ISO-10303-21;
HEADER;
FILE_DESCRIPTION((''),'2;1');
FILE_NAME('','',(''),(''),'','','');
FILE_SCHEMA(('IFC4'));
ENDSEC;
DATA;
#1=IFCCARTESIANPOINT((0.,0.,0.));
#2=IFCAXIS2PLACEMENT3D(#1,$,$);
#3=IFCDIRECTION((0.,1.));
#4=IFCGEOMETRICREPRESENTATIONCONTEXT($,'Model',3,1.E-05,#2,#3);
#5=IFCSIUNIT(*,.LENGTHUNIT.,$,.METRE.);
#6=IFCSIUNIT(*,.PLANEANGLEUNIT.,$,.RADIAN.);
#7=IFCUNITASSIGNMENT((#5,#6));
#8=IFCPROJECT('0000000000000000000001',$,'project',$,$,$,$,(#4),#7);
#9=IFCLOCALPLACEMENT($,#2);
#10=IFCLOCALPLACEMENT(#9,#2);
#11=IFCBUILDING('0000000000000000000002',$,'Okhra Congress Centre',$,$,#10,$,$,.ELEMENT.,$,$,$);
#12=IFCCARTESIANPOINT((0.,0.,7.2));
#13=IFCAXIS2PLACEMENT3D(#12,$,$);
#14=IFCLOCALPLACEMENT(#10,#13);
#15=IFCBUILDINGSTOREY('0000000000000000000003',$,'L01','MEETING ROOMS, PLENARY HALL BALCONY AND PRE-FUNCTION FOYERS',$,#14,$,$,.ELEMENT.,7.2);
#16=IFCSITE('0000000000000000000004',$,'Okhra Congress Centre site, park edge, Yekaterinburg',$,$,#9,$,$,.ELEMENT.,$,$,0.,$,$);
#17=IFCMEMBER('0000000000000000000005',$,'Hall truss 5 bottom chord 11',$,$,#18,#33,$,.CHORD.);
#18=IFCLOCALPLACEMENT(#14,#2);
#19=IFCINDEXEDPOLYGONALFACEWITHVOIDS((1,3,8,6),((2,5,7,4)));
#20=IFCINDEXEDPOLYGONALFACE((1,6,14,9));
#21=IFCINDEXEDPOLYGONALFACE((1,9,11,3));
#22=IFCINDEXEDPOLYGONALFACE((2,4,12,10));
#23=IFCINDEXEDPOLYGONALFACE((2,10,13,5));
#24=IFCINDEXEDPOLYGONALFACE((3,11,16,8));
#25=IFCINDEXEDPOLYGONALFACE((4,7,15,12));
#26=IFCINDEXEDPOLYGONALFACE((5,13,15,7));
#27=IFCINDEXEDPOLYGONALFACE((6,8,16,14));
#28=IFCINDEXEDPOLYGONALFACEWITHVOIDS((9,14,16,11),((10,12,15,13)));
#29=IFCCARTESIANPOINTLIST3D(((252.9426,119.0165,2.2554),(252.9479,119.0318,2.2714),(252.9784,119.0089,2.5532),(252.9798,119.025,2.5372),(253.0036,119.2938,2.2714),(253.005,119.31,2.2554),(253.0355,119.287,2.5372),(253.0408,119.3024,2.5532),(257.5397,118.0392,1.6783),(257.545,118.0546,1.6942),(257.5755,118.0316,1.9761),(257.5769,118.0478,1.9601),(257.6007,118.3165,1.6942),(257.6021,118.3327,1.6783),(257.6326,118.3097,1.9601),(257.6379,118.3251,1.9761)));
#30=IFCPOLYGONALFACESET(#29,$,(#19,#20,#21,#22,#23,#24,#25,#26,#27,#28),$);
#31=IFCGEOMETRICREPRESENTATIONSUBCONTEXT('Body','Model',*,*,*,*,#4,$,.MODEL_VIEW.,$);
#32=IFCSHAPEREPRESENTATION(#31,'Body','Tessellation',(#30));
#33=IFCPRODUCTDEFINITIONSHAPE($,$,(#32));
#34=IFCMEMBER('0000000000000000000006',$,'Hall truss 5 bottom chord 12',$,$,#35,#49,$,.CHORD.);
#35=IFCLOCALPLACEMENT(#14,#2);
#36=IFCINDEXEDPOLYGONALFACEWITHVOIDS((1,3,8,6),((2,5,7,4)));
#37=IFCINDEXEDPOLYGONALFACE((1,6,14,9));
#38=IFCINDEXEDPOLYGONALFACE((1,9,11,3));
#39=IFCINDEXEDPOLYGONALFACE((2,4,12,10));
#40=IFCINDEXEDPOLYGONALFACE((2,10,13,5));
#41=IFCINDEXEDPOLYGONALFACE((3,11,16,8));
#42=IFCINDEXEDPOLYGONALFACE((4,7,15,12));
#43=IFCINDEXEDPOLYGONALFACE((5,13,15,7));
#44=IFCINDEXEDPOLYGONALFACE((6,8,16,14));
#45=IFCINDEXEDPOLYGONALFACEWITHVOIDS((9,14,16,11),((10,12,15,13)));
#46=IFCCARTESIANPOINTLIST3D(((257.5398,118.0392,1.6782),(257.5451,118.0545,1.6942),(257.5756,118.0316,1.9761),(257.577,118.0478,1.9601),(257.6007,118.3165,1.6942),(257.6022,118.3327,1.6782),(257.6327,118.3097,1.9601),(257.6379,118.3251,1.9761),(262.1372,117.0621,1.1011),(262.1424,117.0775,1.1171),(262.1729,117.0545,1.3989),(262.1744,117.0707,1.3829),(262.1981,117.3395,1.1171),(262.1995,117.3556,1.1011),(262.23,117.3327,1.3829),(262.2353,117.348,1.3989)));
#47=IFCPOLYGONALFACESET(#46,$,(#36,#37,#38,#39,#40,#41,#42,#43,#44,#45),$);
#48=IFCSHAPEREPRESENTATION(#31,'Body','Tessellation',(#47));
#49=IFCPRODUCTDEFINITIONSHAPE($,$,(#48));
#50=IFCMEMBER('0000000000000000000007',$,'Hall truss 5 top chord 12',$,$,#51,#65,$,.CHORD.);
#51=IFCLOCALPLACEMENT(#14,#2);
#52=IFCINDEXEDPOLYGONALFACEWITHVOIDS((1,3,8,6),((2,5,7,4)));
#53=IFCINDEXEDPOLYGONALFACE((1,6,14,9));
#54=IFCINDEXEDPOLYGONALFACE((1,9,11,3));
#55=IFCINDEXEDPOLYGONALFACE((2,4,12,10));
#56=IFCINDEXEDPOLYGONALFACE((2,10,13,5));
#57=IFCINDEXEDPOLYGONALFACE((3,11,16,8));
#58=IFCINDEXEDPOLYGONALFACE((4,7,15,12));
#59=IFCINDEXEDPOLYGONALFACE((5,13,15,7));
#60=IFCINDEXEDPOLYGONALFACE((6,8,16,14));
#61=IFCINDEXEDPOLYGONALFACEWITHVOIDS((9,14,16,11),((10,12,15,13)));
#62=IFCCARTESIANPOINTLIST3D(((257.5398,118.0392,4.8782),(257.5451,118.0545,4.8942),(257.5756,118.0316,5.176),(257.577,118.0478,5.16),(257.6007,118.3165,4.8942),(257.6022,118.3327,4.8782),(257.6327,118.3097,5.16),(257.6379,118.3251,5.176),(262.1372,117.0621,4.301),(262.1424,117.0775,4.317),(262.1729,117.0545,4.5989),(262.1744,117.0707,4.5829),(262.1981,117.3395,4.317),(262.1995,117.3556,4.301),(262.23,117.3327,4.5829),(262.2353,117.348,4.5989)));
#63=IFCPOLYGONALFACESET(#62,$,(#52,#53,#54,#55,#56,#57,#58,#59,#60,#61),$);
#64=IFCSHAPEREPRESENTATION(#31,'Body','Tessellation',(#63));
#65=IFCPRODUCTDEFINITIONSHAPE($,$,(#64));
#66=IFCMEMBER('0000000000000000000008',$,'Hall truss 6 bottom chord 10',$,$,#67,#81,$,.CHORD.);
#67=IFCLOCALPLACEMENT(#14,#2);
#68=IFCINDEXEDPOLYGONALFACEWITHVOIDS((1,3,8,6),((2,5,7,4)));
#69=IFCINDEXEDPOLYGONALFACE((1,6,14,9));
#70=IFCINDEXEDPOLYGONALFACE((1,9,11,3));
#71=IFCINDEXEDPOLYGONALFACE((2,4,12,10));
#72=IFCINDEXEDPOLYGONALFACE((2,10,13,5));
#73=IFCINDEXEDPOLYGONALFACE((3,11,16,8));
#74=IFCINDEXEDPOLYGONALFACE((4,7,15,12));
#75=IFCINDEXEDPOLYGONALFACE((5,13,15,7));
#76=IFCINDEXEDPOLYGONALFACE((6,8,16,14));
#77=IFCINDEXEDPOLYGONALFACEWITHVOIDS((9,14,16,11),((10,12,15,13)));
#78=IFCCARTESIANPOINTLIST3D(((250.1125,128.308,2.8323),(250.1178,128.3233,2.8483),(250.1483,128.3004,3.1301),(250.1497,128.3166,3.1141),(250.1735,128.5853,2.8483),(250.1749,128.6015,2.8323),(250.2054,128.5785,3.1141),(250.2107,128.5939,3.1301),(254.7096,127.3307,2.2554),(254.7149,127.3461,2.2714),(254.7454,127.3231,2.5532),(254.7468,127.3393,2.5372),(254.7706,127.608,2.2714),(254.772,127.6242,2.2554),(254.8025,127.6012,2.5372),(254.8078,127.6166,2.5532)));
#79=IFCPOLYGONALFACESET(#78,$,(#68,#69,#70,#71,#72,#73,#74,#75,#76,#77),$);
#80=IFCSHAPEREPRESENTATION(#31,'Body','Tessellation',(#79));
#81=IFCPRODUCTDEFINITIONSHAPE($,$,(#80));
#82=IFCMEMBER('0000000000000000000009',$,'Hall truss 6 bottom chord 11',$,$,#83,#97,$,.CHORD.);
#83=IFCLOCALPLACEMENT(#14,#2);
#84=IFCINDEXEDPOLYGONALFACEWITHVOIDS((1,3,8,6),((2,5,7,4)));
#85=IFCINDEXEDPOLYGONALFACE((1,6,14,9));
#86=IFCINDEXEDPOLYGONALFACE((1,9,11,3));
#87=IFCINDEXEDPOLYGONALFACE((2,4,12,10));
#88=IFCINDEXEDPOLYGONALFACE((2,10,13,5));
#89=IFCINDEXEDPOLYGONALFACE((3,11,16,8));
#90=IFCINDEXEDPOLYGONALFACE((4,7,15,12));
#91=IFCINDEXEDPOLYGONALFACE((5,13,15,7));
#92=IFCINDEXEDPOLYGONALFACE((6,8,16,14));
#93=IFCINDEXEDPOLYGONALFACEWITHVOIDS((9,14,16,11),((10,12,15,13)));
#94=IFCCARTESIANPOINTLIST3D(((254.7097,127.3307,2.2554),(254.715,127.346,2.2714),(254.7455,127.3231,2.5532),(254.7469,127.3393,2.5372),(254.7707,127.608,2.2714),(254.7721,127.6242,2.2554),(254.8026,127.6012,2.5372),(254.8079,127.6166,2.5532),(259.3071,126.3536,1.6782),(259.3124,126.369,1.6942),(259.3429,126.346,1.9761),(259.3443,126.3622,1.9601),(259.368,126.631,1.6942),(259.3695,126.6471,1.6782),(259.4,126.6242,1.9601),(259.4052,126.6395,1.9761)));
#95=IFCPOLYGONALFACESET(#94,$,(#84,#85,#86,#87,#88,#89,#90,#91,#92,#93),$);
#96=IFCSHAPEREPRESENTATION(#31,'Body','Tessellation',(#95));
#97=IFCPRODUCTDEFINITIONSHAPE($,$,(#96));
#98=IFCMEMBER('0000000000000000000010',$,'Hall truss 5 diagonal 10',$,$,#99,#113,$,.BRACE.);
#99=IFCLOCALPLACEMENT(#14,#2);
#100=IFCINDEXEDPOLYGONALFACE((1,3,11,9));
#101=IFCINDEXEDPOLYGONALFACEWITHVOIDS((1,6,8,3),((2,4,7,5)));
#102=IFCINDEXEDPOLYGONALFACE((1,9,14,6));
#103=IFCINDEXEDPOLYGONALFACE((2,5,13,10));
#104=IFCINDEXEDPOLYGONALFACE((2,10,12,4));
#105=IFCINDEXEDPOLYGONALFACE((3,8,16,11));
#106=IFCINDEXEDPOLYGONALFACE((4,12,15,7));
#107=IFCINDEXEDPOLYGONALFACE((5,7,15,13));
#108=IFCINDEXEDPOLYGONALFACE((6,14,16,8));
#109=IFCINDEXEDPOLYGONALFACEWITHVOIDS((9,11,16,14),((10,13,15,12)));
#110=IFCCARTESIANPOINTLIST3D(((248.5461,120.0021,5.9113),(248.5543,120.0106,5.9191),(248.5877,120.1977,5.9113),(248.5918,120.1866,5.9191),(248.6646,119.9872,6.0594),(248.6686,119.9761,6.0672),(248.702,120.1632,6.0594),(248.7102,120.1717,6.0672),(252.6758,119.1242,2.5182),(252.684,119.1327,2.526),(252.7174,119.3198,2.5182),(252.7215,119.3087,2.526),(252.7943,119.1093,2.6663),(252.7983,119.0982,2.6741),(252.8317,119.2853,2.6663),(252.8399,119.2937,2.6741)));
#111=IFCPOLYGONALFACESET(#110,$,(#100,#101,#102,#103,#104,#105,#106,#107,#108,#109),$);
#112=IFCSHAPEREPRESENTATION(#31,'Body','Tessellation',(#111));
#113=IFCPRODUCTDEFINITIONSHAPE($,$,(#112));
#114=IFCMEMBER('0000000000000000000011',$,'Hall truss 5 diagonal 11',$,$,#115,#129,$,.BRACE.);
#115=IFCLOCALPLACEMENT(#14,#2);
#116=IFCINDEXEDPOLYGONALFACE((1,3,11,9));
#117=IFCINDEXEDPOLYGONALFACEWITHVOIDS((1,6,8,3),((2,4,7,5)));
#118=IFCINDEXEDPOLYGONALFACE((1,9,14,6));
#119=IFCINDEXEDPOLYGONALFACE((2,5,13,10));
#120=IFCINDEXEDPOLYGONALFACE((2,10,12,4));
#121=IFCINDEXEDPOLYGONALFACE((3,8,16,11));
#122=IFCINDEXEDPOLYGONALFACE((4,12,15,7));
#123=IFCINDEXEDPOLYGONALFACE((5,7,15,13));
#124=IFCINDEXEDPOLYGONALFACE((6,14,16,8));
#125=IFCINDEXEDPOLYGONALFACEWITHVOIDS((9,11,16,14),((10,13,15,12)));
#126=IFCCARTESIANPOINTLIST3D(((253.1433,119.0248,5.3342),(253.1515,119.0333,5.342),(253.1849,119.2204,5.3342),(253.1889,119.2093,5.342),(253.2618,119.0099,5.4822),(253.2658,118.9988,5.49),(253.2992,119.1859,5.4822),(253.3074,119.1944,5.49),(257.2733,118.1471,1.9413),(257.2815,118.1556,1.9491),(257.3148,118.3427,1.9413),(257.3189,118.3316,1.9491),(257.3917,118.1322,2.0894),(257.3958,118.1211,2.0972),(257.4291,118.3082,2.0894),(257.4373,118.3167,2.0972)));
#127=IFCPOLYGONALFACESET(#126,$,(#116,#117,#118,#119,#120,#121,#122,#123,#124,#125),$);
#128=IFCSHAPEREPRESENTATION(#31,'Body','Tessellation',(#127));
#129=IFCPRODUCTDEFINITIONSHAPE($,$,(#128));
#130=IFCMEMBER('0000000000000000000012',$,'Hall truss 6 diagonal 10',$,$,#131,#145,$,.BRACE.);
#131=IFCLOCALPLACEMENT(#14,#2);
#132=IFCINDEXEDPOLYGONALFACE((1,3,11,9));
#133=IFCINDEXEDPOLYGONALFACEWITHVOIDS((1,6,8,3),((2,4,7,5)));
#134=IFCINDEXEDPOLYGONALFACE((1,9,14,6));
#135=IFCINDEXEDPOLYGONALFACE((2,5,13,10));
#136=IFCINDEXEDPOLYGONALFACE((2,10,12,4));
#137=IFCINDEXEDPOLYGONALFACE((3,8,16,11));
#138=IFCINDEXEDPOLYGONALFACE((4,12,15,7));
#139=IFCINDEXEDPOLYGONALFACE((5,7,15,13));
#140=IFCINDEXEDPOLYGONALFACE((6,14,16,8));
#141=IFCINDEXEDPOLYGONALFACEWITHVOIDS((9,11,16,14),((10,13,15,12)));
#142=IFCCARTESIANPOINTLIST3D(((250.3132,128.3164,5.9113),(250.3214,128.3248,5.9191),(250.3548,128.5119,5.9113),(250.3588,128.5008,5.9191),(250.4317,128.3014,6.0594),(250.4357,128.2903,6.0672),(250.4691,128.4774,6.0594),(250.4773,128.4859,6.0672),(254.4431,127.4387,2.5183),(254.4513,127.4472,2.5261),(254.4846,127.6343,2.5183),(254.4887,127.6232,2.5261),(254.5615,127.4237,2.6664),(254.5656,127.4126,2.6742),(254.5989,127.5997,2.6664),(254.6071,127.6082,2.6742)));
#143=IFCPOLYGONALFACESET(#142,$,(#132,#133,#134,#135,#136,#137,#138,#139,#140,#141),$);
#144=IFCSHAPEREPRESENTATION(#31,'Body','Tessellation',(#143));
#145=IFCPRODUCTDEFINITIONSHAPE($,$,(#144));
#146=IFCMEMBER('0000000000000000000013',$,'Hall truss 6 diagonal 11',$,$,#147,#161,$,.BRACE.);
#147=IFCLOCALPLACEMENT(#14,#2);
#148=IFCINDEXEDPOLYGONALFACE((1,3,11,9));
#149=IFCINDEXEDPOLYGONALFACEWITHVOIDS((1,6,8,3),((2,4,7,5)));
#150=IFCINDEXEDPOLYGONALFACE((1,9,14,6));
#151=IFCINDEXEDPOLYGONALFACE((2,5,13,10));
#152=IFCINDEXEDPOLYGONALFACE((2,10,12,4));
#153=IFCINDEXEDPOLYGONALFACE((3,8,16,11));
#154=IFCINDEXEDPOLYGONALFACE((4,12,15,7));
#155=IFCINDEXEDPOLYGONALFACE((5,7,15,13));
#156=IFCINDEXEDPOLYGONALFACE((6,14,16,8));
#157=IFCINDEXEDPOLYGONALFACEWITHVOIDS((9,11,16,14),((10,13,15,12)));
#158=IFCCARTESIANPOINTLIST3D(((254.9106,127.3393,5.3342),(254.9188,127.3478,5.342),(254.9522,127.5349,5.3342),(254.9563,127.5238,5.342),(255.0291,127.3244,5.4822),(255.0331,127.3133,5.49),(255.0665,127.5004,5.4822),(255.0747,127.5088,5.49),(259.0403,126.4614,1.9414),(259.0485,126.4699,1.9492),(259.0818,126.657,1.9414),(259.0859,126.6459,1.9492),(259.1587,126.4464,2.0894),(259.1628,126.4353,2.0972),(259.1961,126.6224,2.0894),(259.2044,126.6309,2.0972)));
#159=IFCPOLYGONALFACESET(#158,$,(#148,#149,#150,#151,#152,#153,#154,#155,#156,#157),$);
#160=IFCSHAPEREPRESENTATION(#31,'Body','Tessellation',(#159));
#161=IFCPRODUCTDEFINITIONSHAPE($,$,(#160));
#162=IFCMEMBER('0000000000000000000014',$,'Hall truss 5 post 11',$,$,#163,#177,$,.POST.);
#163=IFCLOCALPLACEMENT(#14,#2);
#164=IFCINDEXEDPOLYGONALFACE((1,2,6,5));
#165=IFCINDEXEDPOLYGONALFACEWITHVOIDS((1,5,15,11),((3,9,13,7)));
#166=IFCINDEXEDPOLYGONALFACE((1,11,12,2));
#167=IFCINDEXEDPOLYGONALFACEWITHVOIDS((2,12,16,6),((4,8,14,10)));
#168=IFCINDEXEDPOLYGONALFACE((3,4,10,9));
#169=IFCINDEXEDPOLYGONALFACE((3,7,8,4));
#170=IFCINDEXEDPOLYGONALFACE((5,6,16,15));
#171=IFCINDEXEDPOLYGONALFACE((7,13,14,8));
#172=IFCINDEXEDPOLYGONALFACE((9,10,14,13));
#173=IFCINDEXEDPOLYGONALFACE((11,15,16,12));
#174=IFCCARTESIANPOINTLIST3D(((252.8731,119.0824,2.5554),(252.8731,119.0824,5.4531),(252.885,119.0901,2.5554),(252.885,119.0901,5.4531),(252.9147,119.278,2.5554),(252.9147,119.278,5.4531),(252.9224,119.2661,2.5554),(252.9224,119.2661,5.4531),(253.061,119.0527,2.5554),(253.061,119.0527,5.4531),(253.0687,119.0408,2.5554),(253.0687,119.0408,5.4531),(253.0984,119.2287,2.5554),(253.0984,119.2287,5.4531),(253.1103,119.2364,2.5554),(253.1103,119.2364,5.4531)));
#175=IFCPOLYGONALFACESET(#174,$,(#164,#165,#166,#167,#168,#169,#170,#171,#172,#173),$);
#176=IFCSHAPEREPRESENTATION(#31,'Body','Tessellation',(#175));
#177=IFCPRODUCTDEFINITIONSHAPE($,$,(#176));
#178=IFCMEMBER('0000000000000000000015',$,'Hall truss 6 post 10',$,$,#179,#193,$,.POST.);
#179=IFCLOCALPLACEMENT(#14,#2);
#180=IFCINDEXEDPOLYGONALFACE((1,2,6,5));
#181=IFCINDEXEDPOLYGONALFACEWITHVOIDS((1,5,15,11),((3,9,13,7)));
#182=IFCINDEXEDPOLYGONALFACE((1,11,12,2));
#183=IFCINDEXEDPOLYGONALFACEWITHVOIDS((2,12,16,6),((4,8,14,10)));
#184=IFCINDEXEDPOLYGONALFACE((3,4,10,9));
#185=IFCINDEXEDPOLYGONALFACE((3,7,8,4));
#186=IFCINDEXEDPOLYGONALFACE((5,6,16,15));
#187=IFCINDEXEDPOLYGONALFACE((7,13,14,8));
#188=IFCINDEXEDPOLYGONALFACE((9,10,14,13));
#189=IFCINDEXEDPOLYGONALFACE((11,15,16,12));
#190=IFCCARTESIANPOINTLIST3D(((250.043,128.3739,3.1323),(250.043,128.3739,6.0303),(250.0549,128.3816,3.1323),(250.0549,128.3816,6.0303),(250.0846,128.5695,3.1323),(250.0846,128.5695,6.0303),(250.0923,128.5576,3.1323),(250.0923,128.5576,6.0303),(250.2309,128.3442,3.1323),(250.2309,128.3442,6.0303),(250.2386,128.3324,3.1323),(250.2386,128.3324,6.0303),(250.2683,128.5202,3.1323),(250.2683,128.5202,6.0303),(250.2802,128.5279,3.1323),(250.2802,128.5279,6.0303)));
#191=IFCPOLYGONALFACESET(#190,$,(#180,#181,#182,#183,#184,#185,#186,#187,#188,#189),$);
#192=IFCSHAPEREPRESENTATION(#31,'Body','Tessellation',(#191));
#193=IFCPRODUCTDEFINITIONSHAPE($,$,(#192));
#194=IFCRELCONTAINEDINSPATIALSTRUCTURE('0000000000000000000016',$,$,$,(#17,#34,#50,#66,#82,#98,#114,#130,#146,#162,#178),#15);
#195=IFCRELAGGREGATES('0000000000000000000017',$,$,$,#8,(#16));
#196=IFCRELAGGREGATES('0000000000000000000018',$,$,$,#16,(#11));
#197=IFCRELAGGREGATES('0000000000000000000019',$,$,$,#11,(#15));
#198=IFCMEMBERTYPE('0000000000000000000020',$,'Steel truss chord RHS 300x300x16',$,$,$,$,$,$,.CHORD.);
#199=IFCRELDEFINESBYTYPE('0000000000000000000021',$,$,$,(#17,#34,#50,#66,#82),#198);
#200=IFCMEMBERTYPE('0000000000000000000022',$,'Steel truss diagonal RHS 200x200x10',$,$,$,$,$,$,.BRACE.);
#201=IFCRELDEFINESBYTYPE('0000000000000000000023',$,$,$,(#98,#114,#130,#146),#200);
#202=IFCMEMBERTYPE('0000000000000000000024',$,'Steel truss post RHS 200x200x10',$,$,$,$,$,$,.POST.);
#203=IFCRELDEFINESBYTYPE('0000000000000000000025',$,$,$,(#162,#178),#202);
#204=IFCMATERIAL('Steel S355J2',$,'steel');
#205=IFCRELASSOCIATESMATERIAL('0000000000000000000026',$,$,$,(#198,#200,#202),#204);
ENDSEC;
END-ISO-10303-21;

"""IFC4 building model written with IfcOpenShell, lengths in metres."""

from ifc_helpers import new_model, si_unit, direction, frame, origin, origin_2d, place, context, subcontext, project, spatial, hollow_rectangle, extrude, material, material_profile, profile_set, type_object, element, save


model = new_model("IFC4")

# Units and contexts
model_context = context("Model", 3, precision=1e-05, world=origin(), true_north=direction((0.0, 1.0)))
body_context = subcontext(model_context, "Body", "Model", "MODEL_VIEW")
ifc_project = project(units=[si_unit("LENGTHUNIT", "METRE"), si_unit("PLANEANGLEUNIT", "RADIAN")], contexts=[model_context])

# Site, building, storey
site_placement = place(None, origin())
site = spatial("IfcSite", under=ifc_project, at=site_placement, Name="Okhra Congress Centre site, park edge, Yekaterinburg", CompositionType="ELEMENT", RefElevation=0.0)
building_placement = place(site_placement, origin())
building = spatial("IfcBuilding", under=site, at=building_placement, Name="Okhra Congress Centre", CompositionType="ELEMENT")
storey_placement = place(building_placement, frame((0.0, 0.0, 7.2)))
storey = spatial("IfcBuildingStorey", under=building, at=storey_placement, Name="L01", Description="MEETING ROOMS, PLENARY HALL BALCONY AND PRE-FUNCTION FOYERS", CompositionType="ELEMENT", Elevation=7.2)

# Members
ifc_material = material(Name="Steel S355J2", Category="steel")
ifc_material_profile_1 = material_profile(ifc_material, hollow_rectangle(XDim=0.3, YDim=0.3, WallThickness=0.0161, at=origin_2d()), Name="RHS 300x300x16")
ifc_profile_set_1 = profile_set([ifc_material_profile_1], Name="Steel S355J2")
member_type_1 = type_object("IfcMemberType", Name="Steel truss chord RHS 300x300x16", PredefinedType="CHORD", material=ifc_profile_set_1)
member_1_placement = place(storey_placement, frame((252.9917, 119.1594, 2.4043), z_axis=(0.970849, -0.206389, -0.121885), x_axis=(0.20794, 0.978142, 0.0)))
element("IfcMember", 1, at=member_1_placement, inside=storey, type_object=member_type_1, Name="Hall truss 5 bottom chord 11", PredefinedType="CHORD", context=body_context, shape_type="SweptSolid", body=[
    extrude(hollow_rectangle(XDim=0.3, YDim=0.3, WallThickness=0.0161, at=origin_2d()), origin(), (0.0, 0.0, 1.0), 4.7351),
])
for number, where, z_axis, x_axis, name in (
    (2, (257.5889, 118.1821, 1.8271), (0.970862, -0.206329, -0.12188), (0.207879, 0.978154, 0.0), "Hall truss 5 bottom chord 12"),
    (3, (257.5889, 118.1821, 5.0271), (0.970862, -0.206329, -0.12188), (0.207879, 0.978154, 0.0), "Hall truss 5 top chord 12"),
):
    element("IfcMember", number, at=place(storey_placement, frame(where, z_axis=z_axis, x_axis=x_axis)), inside=storey, type_object=member_type_1, Name=name, PredefinedType="CHORD", context=body_context, shape_type="SweptSolid", body=[
        extrude(hollow_rectangle(XDim=0.3, YDim=0.3, WallThickness=0.0161, at=origin_2d()), origin(), (0.0, 0.0, 1.0), 4.7354),
    ])
member_2_placement = place(storey_placement, frame((250.1616, 128.4509, 2.9812), z_axis=(0.970855, -0.20639, -0.121834), x_axis=(0.20794, 0.978142, 0.0)))
element("IfcMember", 4, at=member_2_placement, inside=storey, type_object=member_type_1, Name="Hall truss 6 bottom chord 10", PredefinedType="CHORD", context=body_context, shape_type="SweptSolid", body=[
    extrude(hollow_rectangle(XDim=0.3, YDim=0.3, WallThickness=0.0161, at=origin_2d()), origin(), (0.0, 0.0, 1.0), 4.7351),
])
member_3_placement = place(storey_placement, frame((254.7588, 127.4736, 2.4043), z_axis=(0.970862, -0.206329, -0.12188), x_axis=(0.207879, 0.978154, 0.0)))
element("IfcMember", 5, at=member_3_placement, inside=storey, type_object=member_type_1, Name="Hall truss 6 bottom chord 11", PredefinedType="CHORD", context=body_context, shape_type="SweptSolid", body=[
    extrude(hollow_rectangle(XDim=0.3, YDim=0.3, WallThickness=0.0161, at=origin_2d()), origin(), (0.0, 0.0, 1.0), 4.7354),
])
ifc_material_profile_2 = material_profile(ifc_material, hollow_rectangle(XDim=0.2, YDim=0.2, WallThickness=0.01, at=origin_2d()), Name="RHS 200x200x10 diagonal")
ifc_profile_set_2 = profile_set([ifc_material_profile_2], Name="Steel S355J2")
member_type_2 = type_object("IfcMemberType", Name="Steel truss diagonal RHS 200x200x10", PredefinedType="BRACE", material=ifc_profile_set_2)
for number, where, z_axis, x_axis, name in (
    (6, (248.6282, 120.0869, 5.9893), (0.76243, -0.162087, -0.626441), (0.207945, 0.97814, 0.0), "Hall truss 5 diagonal 10"),
    (7, (253.2253, 119.1096, 5.4121), (0.762476, -0.162042, -0.626397), (0.207878, 0.978155, 0.0), "Hall truss 5 diagonal 11"),
    (8, (250.3953, 128.4011, 5.9893), (0.762454, -0.162037, -0.626424), (0.207878, 0.978155, 0.0), "Hall truss 6 diagonal 10"),
):
    element("IfcMember", number, at=place(storey_placement, frame(where, z_axis=z_axis, x_axis=x_axis)), inside=storey, type_object=member_type_2, Name=name, PredefinedType="BRACE", context=body_context, shape_type="SweptSolid", body=[
        extrude(hollow_rectangle(XDim=0.2, YDim=0.2, WallThickness=0.01, at=origin_2d()), origin(), (0.0, 0.0, 1.0), 5.4165),
    ])
member_4_placement = place(storey_placement, frame((254.9927, 127.4241, 5.4121), z_axis=(0.762451, -0.162091, -0.626414), x_axis=(0.207945, 0.97814, 0.0)))
element("IfcMember", 9, at=member_4_placement, inside=storey, type_object=member_type_2, Name="Hall truss 6 diagonal 11", PredefinedType="BRACE", context=body_context, shape_type="SweptSolid", body=[
    extrude(hollow_rectangle(XDim=0.2, YDim=0.2, WallThickness=0.01, at=origin_2d()), origin(), (0.0, 0.0, 1.0), 5.4163),
])
ifc_material_profile_3 = material_profile(ifc_material, hollow_rectangle(XDim=0.2, YDim=0.2, WallThickness=0.01, at=origin_2d()), Name="RHS 200x200x10")
ifc_profile_set_3 = profile_set([ifc_material_profile_3], Name="Steel S355J2")
member_type_3 = type_object("IfcMemberType", Name="Steel truss post RHS 200x200x10", PredefinedType="POST", material=ifc_profile_set_3)
member_5_placement = place(storey_placement, frame((252.9917, 119.1594, 2.5554), z_axis=(0.0, 0.0, 1.0), x_axis=(0.978148, -0.207912, 0.0)))
element("IfcMember", 10, at=member_5_placement, inside=storey, type_object=member_type_3, Name="Hall truss 5 post 11", PredefinedType="POST", context=body_context, shape_type="SweptSolid", body=[
    extrude(hollow_rectangle(XDim=0.2, YDim=0.2, WallThickness=0.01, at=origin_2d()), origin(), (0.0, 0.0, 1.0), 2.8977),
])
member_6_placement = place(storey_placement, frame((250.1616, 128.4509, 3.1323), z_axis=(0.0, 0.0, 1.0), x_axis=(0.978148, -0.207912, 0.0)))
element("IfcMember", 11, at=member_6_placement, inside=storey, type_object=member_type_3, Name="Hall truss 6 post 10", PredefinedType="POST", context=body_context, shape_type="SweptSolid", body=[
    extrude(hollow_rectangle(XDim=0.2, YDim=0.2, WallThickness=0.01, at=origin_2d()), origin(), (0.0, 0.0, 1.0), 2.8979),
])

save(model, "model.ifc")
